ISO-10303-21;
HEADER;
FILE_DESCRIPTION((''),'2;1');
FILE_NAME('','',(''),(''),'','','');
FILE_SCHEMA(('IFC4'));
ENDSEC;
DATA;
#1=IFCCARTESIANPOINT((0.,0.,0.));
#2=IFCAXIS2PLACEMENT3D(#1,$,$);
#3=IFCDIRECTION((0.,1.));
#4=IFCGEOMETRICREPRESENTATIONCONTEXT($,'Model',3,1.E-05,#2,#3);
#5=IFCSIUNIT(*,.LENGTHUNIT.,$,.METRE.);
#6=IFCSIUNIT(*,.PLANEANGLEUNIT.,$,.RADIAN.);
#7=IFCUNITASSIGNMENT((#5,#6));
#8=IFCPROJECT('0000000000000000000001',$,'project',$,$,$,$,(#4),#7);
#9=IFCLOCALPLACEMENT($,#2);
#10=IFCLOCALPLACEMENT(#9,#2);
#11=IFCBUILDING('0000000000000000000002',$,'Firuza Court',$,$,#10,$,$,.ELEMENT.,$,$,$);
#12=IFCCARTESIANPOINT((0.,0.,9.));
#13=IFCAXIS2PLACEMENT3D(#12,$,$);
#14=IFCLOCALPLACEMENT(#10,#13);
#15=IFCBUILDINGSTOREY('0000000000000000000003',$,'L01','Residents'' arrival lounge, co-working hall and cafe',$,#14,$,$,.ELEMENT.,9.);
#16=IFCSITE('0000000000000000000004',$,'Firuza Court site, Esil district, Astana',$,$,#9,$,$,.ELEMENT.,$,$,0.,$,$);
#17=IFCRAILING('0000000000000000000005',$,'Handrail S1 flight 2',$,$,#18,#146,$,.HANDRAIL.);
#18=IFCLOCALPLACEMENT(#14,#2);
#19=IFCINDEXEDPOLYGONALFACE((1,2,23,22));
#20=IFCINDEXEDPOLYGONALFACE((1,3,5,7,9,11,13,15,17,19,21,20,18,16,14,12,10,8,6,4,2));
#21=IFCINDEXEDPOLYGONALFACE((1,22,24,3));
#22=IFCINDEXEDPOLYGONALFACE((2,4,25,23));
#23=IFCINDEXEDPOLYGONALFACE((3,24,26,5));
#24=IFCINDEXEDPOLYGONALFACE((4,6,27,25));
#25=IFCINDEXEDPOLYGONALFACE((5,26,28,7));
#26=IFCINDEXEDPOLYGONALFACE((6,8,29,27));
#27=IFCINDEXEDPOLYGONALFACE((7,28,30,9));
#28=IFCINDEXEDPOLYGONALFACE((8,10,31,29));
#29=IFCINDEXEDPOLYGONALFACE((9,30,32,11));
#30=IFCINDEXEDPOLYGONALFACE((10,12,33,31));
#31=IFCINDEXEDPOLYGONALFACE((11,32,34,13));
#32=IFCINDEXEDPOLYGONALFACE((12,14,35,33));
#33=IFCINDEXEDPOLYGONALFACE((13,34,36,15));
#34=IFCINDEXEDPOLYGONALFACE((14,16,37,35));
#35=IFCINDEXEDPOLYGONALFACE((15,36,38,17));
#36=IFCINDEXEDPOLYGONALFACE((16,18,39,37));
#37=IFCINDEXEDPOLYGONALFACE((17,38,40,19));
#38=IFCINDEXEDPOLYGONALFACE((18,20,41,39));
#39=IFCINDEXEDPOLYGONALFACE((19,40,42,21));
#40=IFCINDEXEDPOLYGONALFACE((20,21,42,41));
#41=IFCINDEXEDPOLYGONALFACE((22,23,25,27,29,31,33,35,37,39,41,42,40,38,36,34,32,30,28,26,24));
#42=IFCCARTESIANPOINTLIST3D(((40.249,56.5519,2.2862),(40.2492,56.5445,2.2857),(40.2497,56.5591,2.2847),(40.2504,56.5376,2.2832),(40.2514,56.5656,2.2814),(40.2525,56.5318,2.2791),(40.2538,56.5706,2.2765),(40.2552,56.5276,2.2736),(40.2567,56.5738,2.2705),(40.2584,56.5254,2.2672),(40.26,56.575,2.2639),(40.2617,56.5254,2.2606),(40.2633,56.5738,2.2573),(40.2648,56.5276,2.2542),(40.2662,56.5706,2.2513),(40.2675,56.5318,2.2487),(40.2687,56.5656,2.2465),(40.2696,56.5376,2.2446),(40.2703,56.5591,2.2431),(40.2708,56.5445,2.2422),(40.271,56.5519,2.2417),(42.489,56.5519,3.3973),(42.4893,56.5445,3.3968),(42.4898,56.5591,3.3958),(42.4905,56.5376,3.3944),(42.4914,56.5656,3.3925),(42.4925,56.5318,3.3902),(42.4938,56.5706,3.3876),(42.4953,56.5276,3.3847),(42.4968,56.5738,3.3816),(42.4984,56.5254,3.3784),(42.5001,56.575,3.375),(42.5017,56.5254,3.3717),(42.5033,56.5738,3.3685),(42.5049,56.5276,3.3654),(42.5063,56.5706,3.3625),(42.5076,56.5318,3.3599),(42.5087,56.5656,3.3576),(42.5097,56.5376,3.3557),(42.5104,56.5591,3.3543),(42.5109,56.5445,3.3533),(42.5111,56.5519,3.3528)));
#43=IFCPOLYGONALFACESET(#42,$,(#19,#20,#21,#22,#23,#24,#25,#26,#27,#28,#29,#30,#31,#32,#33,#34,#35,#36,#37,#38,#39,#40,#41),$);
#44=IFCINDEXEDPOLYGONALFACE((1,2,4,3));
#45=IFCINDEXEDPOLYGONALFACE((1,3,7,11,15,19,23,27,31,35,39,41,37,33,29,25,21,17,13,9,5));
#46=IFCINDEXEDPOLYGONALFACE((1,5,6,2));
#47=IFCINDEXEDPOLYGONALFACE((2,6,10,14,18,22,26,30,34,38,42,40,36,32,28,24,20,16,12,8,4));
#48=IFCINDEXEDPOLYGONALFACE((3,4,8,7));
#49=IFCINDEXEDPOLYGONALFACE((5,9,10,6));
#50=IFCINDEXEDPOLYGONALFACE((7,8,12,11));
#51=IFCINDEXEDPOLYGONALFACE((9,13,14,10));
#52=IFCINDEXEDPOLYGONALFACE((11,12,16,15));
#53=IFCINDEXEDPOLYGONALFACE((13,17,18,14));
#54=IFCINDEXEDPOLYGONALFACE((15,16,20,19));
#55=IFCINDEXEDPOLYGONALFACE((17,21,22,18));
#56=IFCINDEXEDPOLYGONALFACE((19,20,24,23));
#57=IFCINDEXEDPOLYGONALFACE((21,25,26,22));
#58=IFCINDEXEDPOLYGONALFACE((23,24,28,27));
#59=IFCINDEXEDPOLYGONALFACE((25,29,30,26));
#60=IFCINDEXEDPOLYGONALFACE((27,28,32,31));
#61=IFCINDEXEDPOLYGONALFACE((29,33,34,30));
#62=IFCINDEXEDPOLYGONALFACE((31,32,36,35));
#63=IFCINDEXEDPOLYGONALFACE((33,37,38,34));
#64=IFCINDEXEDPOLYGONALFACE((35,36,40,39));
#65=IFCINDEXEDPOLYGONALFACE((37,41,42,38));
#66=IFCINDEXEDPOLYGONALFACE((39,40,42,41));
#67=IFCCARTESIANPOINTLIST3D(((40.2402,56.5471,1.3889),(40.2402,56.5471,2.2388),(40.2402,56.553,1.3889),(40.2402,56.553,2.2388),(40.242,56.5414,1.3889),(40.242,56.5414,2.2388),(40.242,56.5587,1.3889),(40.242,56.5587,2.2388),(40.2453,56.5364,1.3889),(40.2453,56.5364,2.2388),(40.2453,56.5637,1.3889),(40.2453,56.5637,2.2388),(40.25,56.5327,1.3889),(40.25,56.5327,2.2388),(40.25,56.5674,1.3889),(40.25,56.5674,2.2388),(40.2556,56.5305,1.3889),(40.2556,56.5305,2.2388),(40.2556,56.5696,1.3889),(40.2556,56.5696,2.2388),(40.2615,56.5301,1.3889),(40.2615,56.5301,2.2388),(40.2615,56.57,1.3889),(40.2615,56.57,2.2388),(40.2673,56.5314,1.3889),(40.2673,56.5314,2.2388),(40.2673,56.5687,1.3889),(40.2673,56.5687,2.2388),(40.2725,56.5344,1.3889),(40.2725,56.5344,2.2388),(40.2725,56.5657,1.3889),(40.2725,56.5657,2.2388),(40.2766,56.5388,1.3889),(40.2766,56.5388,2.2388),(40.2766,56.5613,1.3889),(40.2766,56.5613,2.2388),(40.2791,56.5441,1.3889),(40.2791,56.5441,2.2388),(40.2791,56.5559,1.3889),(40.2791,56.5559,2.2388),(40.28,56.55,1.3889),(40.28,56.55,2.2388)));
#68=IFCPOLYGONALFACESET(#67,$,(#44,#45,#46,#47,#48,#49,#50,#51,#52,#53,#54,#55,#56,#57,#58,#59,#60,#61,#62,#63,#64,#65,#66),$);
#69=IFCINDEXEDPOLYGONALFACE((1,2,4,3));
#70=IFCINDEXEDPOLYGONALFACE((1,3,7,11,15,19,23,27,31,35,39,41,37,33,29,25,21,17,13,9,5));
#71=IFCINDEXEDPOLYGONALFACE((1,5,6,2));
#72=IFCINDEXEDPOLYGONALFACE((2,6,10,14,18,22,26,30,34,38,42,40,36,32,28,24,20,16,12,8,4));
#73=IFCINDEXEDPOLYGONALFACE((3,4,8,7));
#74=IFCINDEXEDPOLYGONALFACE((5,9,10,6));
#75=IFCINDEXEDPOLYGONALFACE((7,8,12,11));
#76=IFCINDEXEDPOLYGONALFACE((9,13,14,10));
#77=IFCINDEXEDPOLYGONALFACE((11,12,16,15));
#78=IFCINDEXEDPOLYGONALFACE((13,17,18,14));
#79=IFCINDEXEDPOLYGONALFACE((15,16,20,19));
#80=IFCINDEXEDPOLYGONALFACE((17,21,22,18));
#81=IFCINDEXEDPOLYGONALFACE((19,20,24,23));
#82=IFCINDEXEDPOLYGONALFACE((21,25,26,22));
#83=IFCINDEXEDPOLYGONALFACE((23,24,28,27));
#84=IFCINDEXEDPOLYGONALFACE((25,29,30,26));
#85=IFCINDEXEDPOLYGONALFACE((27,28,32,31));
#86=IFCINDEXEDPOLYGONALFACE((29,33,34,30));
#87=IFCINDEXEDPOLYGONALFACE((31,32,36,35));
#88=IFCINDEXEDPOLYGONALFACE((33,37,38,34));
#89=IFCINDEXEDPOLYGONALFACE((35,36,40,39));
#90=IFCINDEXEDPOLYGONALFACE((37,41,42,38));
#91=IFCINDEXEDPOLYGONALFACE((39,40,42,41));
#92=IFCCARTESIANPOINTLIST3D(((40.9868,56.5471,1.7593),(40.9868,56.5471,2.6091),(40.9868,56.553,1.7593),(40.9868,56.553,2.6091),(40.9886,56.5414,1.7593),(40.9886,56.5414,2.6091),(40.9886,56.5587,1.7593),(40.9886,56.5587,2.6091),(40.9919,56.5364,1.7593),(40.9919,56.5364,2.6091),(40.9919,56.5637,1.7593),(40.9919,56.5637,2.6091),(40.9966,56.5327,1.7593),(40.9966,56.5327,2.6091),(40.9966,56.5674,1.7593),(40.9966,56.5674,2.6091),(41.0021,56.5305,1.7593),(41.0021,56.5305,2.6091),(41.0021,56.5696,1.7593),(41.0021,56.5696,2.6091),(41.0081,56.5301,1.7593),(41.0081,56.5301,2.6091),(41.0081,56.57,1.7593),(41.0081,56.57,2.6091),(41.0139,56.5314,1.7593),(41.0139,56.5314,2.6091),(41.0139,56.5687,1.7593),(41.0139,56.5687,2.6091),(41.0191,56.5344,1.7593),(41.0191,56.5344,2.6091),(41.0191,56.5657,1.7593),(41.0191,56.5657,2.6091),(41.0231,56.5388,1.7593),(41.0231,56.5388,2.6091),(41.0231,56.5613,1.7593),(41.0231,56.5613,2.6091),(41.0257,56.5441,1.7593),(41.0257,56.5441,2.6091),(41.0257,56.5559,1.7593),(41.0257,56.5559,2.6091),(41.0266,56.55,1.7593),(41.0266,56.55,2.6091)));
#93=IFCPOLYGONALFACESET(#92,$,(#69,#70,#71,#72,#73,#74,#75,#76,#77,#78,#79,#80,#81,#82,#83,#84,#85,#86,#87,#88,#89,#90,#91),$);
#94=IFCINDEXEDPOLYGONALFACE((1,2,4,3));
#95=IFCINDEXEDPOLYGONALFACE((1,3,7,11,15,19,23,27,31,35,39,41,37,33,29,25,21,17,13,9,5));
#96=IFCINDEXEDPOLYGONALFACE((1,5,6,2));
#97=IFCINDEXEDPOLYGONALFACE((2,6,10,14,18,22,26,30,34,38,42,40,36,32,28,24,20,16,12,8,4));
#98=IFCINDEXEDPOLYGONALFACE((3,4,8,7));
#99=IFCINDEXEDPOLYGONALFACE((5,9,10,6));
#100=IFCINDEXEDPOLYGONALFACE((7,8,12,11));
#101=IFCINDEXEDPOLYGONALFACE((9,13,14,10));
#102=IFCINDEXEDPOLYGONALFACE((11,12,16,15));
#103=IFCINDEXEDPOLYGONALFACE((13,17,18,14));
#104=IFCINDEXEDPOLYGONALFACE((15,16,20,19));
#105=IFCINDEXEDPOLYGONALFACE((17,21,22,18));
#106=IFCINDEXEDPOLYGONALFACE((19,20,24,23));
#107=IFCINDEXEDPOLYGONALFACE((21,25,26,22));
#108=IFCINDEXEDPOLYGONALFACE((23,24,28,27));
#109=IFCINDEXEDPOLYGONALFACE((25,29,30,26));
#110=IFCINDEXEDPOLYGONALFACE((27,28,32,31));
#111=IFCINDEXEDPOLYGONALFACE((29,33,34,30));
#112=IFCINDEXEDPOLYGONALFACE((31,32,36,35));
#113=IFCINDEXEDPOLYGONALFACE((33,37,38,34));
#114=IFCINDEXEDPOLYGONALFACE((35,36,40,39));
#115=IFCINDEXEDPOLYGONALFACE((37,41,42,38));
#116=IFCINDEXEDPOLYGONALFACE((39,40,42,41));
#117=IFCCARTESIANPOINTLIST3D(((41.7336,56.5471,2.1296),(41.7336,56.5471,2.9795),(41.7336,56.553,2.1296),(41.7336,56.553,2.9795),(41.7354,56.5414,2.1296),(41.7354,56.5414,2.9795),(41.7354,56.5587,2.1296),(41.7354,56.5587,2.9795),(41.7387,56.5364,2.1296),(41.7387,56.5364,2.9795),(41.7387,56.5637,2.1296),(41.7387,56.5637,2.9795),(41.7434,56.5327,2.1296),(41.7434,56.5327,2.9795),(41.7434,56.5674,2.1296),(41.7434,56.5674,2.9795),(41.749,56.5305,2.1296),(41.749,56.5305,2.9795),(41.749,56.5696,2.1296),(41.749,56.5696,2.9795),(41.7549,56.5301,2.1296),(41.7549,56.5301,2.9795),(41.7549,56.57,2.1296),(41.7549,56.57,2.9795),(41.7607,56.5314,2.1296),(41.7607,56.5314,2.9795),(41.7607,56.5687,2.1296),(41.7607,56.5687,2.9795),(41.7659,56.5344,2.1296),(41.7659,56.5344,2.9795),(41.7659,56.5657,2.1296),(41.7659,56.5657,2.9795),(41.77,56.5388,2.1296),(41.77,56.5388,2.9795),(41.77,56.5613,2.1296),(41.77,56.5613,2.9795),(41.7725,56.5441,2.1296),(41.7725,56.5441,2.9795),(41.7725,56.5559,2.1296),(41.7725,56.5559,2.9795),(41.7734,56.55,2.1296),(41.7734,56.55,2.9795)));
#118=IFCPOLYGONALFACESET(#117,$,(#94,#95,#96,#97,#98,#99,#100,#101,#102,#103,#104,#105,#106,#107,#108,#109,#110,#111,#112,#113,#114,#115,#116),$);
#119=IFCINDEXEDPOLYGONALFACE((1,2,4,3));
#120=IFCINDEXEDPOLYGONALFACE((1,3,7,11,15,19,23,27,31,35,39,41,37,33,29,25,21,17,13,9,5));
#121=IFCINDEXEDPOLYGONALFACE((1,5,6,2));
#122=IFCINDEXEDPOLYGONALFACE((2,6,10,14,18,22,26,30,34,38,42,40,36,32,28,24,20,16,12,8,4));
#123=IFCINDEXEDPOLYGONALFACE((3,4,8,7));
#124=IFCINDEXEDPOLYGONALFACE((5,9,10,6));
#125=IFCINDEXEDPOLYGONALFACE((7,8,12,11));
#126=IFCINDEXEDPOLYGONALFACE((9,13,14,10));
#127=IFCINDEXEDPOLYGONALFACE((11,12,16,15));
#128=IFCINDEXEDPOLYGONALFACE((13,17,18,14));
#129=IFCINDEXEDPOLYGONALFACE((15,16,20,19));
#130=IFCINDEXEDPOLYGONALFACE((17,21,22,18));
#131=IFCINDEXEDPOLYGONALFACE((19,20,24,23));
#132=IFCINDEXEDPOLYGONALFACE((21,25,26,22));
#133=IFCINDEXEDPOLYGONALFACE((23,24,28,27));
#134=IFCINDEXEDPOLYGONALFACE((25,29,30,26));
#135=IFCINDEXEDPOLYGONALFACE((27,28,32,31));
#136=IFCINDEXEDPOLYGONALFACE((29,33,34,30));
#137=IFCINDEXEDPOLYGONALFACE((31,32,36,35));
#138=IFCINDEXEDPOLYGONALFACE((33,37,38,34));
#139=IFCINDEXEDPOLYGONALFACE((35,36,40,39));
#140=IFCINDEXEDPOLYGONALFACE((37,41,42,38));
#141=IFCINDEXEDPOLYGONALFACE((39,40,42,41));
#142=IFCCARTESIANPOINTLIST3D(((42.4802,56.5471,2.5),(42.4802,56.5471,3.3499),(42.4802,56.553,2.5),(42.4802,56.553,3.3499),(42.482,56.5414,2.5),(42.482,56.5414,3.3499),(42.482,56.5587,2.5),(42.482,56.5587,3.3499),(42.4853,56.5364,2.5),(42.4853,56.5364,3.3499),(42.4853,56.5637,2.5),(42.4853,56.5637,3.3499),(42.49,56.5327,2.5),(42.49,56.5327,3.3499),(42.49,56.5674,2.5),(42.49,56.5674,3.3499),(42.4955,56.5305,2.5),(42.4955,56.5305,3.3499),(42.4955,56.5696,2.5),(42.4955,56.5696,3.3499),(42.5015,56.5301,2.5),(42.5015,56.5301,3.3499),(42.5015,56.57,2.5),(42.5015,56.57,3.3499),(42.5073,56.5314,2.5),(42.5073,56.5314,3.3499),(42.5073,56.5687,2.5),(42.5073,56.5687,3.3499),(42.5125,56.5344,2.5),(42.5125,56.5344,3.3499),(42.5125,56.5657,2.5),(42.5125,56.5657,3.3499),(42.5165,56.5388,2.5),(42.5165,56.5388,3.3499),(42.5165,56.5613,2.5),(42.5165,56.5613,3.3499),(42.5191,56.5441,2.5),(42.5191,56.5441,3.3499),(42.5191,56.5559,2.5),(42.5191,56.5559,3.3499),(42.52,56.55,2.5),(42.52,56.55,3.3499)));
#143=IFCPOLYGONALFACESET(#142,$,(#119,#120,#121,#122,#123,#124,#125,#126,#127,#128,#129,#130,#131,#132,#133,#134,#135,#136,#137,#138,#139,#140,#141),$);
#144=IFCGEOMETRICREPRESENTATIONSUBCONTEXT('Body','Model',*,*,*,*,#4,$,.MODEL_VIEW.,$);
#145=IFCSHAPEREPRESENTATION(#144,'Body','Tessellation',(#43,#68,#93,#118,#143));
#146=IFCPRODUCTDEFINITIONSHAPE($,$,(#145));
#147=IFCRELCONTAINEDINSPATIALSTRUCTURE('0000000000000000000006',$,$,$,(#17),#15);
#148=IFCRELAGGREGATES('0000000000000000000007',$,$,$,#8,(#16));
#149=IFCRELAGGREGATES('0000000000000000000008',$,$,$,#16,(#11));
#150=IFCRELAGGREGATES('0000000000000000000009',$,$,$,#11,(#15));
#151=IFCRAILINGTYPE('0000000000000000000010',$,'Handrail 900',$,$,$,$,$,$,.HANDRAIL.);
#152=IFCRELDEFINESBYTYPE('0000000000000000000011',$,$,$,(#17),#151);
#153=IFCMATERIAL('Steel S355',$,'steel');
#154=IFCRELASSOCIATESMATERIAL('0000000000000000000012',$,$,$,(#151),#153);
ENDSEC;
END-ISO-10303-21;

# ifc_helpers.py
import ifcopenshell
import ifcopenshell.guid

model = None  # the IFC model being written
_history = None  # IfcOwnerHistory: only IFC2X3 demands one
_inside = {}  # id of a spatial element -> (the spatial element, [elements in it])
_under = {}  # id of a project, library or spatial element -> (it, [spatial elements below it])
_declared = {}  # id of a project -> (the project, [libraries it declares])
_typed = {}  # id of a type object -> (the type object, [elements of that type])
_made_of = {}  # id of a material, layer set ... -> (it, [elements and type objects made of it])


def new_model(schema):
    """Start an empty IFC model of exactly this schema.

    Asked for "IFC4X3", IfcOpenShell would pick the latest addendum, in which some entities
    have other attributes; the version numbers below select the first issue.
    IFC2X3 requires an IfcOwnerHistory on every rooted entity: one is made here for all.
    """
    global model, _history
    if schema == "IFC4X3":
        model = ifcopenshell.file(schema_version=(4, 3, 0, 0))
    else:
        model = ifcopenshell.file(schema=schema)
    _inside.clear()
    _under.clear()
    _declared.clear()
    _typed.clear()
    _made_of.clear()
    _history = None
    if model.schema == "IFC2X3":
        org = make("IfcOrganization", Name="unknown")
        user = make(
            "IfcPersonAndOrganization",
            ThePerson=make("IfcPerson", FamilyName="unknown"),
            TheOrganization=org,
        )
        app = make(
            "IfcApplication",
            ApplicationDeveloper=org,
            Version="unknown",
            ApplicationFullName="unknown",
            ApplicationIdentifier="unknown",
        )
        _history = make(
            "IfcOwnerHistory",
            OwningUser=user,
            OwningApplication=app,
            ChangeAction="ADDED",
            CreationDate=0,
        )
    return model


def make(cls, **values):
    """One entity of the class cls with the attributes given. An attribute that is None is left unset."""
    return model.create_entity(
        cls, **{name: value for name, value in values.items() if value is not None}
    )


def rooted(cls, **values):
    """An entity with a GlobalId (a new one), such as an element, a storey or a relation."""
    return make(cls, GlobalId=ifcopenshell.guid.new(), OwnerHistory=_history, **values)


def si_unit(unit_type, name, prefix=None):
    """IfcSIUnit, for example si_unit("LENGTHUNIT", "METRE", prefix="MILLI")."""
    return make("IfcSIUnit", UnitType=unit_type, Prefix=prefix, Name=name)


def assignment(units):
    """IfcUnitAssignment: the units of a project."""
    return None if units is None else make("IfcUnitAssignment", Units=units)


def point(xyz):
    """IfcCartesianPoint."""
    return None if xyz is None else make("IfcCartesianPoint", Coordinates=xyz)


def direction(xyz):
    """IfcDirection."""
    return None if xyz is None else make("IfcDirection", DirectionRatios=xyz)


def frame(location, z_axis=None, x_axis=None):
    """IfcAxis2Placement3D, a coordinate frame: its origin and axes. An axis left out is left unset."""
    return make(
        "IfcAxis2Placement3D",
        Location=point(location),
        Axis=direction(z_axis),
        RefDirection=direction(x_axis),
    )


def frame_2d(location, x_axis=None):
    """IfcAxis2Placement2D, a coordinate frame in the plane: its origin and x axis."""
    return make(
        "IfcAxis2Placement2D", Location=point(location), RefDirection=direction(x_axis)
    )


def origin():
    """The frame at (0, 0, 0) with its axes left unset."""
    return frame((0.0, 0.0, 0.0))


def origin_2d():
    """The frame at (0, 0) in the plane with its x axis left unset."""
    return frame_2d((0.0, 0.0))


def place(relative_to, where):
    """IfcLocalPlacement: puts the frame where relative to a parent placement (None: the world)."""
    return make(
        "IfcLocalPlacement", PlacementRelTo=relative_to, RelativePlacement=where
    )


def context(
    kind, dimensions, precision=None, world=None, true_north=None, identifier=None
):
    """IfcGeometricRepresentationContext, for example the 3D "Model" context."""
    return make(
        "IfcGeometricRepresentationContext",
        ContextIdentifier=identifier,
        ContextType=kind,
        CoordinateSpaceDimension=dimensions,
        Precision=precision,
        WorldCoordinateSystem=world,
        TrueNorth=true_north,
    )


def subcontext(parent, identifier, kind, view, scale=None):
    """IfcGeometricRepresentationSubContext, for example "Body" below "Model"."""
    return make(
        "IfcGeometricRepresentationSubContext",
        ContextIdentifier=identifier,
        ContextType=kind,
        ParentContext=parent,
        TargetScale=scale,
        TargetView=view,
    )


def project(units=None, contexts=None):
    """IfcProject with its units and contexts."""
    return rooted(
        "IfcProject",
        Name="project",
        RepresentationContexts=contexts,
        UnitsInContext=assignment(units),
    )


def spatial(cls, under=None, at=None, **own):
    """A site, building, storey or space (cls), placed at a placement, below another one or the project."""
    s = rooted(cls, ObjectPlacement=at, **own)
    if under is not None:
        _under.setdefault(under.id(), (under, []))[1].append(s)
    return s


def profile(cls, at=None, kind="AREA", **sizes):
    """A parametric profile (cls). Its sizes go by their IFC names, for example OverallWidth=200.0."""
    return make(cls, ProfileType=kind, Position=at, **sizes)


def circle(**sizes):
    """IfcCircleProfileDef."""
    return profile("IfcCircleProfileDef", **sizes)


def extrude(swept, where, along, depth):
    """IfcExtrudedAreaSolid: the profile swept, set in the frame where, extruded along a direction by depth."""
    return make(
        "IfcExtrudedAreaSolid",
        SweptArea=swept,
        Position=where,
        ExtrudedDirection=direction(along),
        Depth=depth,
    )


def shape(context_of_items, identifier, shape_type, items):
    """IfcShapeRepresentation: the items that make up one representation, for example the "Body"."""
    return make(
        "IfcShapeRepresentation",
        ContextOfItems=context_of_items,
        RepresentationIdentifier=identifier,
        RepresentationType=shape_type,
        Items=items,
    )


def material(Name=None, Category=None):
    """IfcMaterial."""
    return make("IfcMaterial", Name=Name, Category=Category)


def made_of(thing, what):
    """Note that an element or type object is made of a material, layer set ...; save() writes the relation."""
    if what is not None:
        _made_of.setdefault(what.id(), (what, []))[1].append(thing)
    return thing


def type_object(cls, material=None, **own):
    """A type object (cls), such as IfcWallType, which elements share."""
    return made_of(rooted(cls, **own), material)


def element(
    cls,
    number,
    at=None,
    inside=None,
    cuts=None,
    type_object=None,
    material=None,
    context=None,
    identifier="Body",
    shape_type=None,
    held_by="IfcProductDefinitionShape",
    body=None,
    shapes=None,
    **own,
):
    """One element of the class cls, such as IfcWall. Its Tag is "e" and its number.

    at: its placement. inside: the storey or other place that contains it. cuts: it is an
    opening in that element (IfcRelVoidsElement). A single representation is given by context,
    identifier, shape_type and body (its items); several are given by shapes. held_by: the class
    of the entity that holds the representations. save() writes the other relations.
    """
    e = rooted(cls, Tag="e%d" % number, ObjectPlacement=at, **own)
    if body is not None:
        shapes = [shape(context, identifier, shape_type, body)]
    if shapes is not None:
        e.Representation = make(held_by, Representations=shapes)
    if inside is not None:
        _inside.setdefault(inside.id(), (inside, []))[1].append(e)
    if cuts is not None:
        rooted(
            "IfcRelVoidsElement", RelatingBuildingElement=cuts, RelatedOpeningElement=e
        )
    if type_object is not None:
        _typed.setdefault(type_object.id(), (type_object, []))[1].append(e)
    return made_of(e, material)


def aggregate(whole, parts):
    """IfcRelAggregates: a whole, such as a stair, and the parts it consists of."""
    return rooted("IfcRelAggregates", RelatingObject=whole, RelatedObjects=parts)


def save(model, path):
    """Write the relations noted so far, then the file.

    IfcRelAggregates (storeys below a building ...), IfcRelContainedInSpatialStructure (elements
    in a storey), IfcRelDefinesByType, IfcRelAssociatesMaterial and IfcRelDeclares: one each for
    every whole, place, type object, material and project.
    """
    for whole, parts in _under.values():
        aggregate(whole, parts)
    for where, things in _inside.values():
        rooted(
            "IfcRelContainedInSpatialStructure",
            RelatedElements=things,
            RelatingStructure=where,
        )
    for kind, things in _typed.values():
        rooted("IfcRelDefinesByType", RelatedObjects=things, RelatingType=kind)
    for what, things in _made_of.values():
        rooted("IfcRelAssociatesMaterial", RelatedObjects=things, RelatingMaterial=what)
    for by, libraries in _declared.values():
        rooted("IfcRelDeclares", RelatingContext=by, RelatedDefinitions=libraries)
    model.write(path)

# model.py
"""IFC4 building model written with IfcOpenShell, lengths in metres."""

from ifc_helpers import new_model, si_unit, direction, frame, origin, origin_2d, place, context, subcontext, project, spatial, circle, extrude, material, type_object, element, save


model = new_model("IFC4")

# Units and contexts
model_context = context("Model", 3, precision=1e-05, world=origin(), true_north=direction((0.0, 1.0)))
body_context = subcontext(model_context, "Body", "Model", "MODEL_VIEW")
ifc_project = project(units=[si_unit("LENGTHUNIT", "METRE"), si_unit("PLANEANGLEUNIT", "RADIAN")], contexts=[model_context])

# Site, building, storey
site_placement = place(None, origin())
site = spatial("IfcSite", under=ifc_project, at=site_placement, Name="Firuza Court site, Esil district, Astana", CompositionType="ELEMENT", RefElevation=0.0)
building_placement = place(site_placement, origin())
building = spatial("IfcBuilding", under=site, at=building_placement, Name="Firuza Court", CompositionType="ELEMENT")
storey_placement = place(building_placement, frame((0.0, 0.0, 9.0)))
storey = spatial("IfcBuildingStorey", under=building, at=storey_placement, Name="L01", Description="Residents' arrival lounge, co-working hall and cafe", CompositionType="ELEMENT", Elevation=9.0)

# Railing
ifc_material_1 = material(Name="Steel S355", Category="steel")
railing_type = type_object("IfcRailingType", Name="Handrail 900", PredefinedType="HANDRAIL", material=ifc_material_1)
for number, where, name in (
    (1, (40.26, 56.55, 1.3889), "Handrail S1 flight 2"),
):
    element("IfcRailing", number, at=place(storey_placement, frame(where)), inside=storey, type_object=railing_type, Name=name, PredefinedType="HANDRAIL", context=body_context, shape_type="SweptSolid", body=[
        extrude(circle(Radius=0.0249, at=origin_2d()), frame((0.0, 0.0, 0.875), z_axis=(0.895848, 0.0, 0.44436), x_axis=(0.0, 1.0, 0.0)), (0.0, 0.0, 1.0), 2.5005),
        extrude(circle(Radius=0.02, at=origin_2d()), origin(), (0.0, 0.0, 1.0), 0.8499),
        extrude(circle(Radius=0.02, at=origin_2d()), frame((0.7466, 0.0, 0.3704)), (0.0, 0.0, 1.0), 0.8499),
        extrude(circle(Radius=0.02, at=origin_2d()), frame((1.4934, 0.0, 0.7407)), (0.0, 0.0, 1.0), 0.8499),
        extrude(circle(Radius=0.02, at=origin_2d()), frame((2.24, 0.0, 1.1111)), (0.0, 0.0, 1.0), 0.8499),
    ])

save(model, "model.ifc")
